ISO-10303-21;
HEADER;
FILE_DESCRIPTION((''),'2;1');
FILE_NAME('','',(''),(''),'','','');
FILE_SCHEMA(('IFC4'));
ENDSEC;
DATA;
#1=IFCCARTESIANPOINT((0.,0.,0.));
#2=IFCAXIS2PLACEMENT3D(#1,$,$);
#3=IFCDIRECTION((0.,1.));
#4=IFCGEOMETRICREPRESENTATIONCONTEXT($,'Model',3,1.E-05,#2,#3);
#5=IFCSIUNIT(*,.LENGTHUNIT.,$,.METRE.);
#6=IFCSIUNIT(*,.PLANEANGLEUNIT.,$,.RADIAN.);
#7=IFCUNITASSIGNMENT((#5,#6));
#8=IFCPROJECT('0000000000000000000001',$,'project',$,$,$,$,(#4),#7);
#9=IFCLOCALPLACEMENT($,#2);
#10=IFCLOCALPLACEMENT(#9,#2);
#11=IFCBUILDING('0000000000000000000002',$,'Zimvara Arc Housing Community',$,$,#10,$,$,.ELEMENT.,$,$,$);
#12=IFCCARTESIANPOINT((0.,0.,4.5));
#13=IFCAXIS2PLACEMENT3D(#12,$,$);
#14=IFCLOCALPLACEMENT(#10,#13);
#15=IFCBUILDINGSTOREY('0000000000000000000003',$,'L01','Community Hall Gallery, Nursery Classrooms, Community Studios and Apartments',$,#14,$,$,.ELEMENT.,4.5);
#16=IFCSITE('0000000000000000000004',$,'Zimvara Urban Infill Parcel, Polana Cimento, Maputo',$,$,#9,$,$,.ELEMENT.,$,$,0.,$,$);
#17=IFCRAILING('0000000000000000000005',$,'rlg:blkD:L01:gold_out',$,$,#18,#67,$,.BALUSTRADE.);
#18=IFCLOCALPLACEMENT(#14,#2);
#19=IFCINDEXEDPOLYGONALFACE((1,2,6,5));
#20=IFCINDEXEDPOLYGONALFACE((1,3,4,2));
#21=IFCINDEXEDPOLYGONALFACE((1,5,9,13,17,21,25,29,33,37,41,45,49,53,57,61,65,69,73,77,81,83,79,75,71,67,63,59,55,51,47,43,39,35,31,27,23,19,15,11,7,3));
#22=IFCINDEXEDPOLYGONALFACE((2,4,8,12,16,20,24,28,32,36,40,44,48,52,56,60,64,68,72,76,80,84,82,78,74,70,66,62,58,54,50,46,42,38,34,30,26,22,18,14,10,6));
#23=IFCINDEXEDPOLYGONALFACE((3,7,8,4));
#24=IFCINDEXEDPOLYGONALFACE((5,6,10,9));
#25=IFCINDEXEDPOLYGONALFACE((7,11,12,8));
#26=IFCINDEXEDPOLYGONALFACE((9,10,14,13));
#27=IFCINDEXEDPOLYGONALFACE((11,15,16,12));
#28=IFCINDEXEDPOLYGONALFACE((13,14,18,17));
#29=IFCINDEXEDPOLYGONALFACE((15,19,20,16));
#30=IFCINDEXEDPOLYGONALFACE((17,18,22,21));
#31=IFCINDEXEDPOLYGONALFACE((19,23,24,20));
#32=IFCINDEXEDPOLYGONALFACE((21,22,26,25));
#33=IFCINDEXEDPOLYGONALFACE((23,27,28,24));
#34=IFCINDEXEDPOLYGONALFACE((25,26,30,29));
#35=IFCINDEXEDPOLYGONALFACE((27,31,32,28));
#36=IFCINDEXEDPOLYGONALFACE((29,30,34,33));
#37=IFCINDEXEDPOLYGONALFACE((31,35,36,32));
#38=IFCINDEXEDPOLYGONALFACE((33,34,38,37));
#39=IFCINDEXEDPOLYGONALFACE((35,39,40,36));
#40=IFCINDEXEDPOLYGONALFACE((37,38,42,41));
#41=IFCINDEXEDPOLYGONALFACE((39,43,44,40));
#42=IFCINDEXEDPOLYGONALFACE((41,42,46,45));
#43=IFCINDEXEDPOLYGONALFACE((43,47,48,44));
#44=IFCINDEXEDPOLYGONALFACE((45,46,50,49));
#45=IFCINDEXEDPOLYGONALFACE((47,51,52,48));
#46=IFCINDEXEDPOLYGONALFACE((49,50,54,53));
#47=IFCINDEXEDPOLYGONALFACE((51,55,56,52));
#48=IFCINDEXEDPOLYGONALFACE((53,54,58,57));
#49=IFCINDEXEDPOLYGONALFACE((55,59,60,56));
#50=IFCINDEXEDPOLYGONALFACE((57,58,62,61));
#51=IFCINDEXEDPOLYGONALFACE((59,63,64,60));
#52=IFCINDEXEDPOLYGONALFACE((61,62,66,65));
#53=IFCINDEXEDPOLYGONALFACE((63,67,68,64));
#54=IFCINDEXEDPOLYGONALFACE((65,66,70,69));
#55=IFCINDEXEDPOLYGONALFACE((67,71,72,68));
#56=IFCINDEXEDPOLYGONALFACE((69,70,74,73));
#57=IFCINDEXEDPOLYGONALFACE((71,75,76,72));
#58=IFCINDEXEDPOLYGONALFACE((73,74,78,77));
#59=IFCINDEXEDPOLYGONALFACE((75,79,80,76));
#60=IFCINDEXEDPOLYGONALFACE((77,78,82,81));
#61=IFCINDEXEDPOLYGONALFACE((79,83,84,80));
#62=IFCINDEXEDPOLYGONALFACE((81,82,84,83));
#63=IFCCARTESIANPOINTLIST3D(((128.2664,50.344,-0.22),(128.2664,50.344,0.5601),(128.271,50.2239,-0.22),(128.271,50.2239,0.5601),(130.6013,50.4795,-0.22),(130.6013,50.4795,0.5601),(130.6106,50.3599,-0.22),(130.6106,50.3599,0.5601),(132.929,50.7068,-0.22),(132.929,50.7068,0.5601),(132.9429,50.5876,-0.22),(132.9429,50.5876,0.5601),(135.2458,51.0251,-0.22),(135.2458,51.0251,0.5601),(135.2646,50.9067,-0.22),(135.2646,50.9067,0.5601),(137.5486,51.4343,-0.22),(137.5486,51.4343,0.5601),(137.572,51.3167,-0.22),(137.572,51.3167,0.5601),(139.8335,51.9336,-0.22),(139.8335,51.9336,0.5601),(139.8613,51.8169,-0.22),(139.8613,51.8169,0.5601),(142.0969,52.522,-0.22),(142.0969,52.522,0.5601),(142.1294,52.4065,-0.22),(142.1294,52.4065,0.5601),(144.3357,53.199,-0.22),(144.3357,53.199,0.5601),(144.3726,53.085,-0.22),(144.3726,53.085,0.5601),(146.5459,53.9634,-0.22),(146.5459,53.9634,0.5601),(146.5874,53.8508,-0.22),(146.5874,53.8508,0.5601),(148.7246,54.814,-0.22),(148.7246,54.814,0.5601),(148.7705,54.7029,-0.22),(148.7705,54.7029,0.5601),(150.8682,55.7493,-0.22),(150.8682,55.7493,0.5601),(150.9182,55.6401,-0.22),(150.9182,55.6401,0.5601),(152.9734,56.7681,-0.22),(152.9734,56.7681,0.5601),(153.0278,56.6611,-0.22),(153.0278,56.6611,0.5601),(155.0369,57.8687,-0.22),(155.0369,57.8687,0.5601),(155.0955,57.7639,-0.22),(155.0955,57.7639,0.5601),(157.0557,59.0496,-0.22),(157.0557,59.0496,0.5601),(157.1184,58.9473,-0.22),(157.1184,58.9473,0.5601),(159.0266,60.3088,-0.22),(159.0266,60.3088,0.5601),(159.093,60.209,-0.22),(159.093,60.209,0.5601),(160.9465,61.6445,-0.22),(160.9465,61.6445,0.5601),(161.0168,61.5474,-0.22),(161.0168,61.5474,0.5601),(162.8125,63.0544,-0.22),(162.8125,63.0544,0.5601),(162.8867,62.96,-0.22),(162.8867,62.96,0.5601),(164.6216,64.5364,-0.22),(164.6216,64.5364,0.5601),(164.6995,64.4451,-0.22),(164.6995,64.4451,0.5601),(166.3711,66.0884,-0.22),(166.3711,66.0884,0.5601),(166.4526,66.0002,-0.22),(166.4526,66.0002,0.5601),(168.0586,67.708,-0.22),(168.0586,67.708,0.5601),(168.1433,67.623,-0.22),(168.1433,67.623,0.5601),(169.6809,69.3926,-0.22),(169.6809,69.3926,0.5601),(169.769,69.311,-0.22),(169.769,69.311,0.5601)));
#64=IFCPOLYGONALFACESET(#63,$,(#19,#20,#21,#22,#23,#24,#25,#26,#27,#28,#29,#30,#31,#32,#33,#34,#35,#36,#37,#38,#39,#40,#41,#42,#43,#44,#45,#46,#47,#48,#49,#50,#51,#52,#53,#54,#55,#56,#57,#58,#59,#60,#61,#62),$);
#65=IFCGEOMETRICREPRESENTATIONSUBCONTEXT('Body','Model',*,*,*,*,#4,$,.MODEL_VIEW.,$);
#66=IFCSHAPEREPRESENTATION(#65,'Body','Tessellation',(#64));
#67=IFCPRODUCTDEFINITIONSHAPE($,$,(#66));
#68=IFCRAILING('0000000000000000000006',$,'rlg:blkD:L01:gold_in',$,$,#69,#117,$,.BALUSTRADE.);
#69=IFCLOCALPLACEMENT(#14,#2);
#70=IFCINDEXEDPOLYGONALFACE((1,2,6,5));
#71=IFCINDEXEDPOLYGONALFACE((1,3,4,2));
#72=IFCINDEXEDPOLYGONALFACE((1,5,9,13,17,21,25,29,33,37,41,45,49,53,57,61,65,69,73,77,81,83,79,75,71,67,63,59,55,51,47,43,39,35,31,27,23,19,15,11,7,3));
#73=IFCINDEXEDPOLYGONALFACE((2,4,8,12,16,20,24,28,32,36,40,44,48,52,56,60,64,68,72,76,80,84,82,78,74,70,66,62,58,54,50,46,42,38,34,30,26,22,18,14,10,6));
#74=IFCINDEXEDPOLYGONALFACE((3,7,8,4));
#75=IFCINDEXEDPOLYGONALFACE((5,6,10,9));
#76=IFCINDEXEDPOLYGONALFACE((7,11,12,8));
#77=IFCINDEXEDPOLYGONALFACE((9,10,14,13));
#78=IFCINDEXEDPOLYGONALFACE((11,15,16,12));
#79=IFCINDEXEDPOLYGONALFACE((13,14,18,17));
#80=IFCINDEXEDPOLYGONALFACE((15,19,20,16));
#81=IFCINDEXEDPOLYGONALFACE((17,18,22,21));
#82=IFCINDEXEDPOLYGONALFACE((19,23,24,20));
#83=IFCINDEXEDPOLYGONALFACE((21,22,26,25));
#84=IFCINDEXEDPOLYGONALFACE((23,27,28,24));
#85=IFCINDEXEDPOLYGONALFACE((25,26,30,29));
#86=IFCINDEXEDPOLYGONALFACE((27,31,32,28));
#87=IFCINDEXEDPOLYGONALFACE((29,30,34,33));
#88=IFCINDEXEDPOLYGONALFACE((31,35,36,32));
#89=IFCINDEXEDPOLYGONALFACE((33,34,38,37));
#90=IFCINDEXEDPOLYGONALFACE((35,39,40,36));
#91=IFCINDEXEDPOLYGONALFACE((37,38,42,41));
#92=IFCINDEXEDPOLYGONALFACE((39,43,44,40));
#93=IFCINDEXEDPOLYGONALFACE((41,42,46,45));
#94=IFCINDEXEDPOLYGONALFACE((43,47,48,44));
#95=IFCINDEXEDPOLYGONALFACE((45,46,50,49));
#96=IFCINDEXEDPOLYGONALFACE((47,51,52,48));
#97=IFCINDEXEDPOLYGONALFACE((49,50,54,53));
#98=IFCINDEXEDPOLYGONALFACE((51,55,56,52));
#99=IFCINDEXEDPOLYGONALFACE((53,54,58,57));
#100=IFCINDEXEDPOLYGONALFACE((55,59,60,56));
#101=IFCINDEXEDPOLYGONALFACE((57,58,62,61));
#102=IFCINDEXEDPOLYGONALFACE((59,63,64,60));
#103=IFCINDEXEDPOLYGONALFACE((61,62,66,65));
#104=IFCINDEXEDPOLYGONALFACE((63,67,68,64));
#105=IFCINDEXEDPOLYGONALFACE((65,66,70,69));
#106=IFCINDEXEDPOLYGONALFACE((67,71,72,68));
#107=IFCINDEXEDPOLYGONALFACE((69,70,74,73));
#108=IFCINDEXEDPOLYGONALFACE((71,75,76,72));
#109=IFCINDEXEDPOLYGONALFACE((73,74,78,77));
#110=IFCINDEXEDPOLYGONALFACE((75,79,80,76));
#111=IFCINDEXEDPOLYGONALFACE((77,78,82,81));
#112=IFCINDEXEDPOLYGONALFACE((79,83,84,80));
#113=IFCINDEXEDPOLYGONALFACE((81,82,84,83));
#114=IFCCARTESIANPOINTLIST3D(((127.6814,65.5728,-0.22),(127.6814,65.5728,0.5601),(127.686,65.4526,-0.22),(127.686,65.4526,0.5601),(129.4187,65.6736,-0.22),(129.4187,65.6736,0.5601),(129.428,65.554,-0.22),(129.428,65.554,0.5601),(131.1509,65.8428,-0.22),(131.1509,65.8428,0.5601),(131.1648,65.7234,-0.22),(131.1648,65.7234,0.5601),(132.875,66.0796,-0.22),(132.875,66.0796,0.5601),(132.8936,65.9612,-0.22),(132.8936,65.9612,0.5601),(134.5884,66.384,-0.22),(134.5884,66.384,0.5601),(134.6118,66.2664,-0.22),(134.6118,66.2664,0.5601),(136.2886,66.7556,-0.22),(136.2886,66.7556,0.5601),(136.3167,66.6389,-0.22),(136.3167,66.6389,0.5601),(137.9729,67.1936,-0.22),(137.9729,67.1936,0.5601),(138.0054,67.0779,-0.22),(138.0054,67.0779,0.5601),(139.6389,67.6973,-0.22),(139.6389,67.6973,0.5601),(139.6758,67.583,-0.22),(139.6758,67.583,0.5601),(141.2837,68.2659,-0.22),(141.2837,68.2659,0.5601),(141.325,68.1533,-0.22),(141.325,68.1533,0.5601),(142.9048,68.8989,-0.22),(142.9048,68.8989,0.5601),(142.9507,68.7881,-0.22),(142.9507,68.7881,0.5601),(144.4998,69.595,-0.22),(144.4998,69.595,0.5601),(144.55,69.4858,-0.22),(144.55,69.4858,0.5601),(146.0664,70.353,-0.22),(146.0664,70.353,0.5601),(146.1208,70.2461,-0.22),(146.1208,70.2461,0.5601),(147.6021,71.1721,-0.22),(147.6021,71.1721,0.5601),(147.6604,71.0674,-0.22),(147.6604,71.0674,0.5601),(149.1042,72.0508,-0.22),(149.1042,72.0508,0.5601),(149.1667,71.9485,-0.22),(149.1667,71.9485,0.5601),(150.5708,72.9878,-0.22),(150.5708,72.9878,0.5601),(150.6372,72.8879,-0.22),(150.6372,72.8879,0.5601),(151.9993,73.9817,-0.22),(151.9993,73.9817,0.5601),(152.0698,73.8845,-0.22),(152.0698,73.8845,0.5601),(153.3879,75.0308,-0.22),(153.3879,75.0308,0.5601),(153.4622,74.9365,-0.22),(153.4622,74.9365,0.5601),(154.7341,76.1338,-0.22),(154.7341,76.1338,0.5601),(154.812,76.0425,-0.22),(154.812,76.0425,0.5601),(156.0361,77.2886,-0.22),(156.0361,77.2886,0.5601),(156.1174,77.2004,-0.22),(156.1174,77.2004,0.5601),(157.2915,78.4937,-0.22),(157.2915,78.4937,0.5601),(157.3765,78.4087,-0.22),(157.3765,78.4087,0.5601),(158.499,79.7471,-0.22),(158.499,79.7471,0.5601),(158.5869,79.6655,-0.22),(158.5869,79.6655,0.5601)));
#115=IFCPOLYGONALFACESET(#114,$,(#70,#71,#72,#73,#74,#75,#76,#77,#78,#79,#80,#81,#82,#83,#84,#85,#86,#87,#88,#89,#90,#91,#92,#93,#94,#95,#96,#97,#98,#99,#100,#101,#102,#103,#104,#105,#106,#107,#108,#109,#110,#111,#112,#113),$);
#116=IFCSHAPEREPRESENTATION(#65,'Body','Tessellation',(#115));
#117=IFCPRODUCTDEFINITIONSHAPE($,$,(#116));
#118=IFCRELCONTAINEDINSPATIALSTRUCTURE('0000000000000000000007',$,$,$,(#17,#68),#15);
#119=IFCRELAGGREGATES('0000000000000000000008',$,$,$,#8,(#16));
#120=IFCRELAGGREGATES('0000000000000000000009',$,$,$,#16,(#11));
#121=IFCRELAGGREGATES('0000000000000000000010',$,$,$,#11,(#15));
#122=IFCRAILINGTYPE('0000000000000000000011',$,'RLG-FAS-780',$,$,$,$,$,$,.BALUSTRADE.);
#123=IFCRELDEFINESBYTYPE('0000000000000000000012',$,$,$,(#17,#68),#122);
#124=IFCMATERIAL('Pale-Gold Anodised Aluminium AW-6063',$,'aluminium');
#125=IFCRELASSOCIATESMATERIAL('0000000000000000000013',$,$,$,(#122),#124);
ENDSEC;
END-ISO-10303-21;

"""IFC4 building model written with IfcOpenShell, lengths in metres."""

from ifc_helpers import new_model, si_unit, direction, frame, origin, place, context, subcontext, project, spatial, polyline, outline, extrude, material, type_object, element, save


model = new_model("IFC4")

# Units and contexts
model_context = context("Model", 3, precision=1e-05, world=origin(), true_north=direction((0.0, 1.0)))
body_context = subcontext(model_context, "Body", "Model", "MODEL_VIEW")
ifc_project = project(units=[si_unit("LENGTHUNIT", "METRE"), si_unit("PLANEANGLEUNIT", "RADIAN")], contexts=[model_context])

# Site, building, storey
site_placement = place(None, origin())
site = spatial("IfcSite", under=ifc_project, at=site_placement, Name="Zimvara Urban Infill Parcel, Polana Cimento, Maputo", CompositionType="ELEMENT", RefElevation=0.0)
building_placement = place(site_placement, origin())
building = spatial("IfcBuilding", under=site, at=building_placement, Name="Zimvara Arc Housing Community", CompositionType="ELEMENT")
storey_placement = place(building_placement, frame((0.0, 0.0, 4.5)))
storey = spatial("IfcBuildingStorey", under=building, at=storey_placement, Name="L01", Description="Community Hall Gallery, Nursery Classrooms, Community Studios and Apartments", CompositionType="ELEMENT", Elevation=4.5)

# Railings
ifc_material_1 = material(Name="Pale-Gold Anodised Aluminium AW-6063", Category="aluminium")
railing_type = type_object("IfcRailingType", Name="RLG-FAS-780", PredefinedType="BALUSTRADE", material=ifc_material_1)
railing_1_placement = place(storey_placement, frame((0.0, 0.0, -0.22)))
element("IfcRailing", 1, at=railing_1_placement, inside=storey, type_object=railing_type, Name="rlg:blkD:L01:gold_out", PredefinedType="BALUSTRADE", context=body_context, shape_type="SweptSolid", body=[
    extrude(outline(polyline([(128.271, 50.2239), (130.6106, 50.3599), (132.9429, 50.5876), (135.2646, 50.9067), (137.572, 51.3167), (139.8613, 51.8169), (142.1294, 52.4065), (144.3726, 53.085), (146.5874, 53.8508), (148.7705, 54.7029), (150.9182, 55.6401), (153.0278, 56.6611), (155.0955, 57.7639), (157.1184, 58.9473), (159.093, 60.209), (161.0168, 61.5474), (162.8867, 62.96), (164.6995, 64.4451), (166.4526, 66.0002), (168.1433, 67.623), (169.769, 69.311), (169.6809, 69.3926), (168.0586, 67.708), (166.3711, 66.0884), (164.6216, 64.5364), (162.8125, 63.0544), (160.9465, 61.6445), (159.0266, 60.3088), (157.0557, 59.0496), (155.0369, 57.8687), (152.9734, 56.7681), (150.8682, 55.7493), (148.7246, 54.814), (146.5459, 53.9634), (144.3357, 53.199), (142.0969, 52.522), (139.8335, 51.9336), (137.5486, 51.4343), (135.2458, 51.0251), (132.929, 50.7068), (130.6013, 50.4795), (128.2664, 50.344), (128.271, 50.2239)])), origin(), (0.0, 0.0, 1.0), 0.78),
])
railing_2_placement = place(storey_placement, frame((0.0, 0.0, -0.22)))
element("IfcRailing", 2, at=railing_2_placement, inside=storey, type_object=railing_type, Name="rlg:blkD:L01:gold_in", PredefinedType="BALUSTRADE", context=body_context, shape_type="SweptSolid", body=[
    extrude(outline(polyline([(127.686, 65.4526), (129.428, 65.554), (131.1648, 65.7234), (132.8936, 65.9612), (134.6118, 66.2664), (136.3167, 66.6389), (138.0054, 67.0779), (139.6758, 67.583), (141.325, 68.1533), (142.9507, 68.7881), (144.55, 69.4858), (146.1208, 70.2461), (147.6604, 71.0674), (149.1667, 71.9485), (150.6372, 72.8879), (152.0698, 73.8845), (153.4622, 74.9365), (154.812, 76.0425), (156.1174, 77.2004), (157.3765, 78.4087), (158.5869, 79.6655), (158.499, 79.7471), (157.2915, 78.4937), (156.0361, 77.2886), (154.7341, 76.1338), (153.3879, 75.0308), (151.9993, 73.9817), (150.5708, 72.9878), (149.1042, 72.0508), (147.6021, 71.1721), (146.0664, 70.353), (144.4998, 69.595), (142.9048, 68.8989), (141.2837, 68.2659), (139.6389, 67.6973), (137.9729, 67.1936), (136.2886, 66.7556), (134.5884, 66.384), (132.875, 66.0796), (131.1509, 65.8428), (129.4187, 65.6736), (127.6814, 65.5728), (127.686, 65.4526)])), origin(), (0.0, 0.0, 1.0), 0.78),
])

save(model, "model.ifc")
